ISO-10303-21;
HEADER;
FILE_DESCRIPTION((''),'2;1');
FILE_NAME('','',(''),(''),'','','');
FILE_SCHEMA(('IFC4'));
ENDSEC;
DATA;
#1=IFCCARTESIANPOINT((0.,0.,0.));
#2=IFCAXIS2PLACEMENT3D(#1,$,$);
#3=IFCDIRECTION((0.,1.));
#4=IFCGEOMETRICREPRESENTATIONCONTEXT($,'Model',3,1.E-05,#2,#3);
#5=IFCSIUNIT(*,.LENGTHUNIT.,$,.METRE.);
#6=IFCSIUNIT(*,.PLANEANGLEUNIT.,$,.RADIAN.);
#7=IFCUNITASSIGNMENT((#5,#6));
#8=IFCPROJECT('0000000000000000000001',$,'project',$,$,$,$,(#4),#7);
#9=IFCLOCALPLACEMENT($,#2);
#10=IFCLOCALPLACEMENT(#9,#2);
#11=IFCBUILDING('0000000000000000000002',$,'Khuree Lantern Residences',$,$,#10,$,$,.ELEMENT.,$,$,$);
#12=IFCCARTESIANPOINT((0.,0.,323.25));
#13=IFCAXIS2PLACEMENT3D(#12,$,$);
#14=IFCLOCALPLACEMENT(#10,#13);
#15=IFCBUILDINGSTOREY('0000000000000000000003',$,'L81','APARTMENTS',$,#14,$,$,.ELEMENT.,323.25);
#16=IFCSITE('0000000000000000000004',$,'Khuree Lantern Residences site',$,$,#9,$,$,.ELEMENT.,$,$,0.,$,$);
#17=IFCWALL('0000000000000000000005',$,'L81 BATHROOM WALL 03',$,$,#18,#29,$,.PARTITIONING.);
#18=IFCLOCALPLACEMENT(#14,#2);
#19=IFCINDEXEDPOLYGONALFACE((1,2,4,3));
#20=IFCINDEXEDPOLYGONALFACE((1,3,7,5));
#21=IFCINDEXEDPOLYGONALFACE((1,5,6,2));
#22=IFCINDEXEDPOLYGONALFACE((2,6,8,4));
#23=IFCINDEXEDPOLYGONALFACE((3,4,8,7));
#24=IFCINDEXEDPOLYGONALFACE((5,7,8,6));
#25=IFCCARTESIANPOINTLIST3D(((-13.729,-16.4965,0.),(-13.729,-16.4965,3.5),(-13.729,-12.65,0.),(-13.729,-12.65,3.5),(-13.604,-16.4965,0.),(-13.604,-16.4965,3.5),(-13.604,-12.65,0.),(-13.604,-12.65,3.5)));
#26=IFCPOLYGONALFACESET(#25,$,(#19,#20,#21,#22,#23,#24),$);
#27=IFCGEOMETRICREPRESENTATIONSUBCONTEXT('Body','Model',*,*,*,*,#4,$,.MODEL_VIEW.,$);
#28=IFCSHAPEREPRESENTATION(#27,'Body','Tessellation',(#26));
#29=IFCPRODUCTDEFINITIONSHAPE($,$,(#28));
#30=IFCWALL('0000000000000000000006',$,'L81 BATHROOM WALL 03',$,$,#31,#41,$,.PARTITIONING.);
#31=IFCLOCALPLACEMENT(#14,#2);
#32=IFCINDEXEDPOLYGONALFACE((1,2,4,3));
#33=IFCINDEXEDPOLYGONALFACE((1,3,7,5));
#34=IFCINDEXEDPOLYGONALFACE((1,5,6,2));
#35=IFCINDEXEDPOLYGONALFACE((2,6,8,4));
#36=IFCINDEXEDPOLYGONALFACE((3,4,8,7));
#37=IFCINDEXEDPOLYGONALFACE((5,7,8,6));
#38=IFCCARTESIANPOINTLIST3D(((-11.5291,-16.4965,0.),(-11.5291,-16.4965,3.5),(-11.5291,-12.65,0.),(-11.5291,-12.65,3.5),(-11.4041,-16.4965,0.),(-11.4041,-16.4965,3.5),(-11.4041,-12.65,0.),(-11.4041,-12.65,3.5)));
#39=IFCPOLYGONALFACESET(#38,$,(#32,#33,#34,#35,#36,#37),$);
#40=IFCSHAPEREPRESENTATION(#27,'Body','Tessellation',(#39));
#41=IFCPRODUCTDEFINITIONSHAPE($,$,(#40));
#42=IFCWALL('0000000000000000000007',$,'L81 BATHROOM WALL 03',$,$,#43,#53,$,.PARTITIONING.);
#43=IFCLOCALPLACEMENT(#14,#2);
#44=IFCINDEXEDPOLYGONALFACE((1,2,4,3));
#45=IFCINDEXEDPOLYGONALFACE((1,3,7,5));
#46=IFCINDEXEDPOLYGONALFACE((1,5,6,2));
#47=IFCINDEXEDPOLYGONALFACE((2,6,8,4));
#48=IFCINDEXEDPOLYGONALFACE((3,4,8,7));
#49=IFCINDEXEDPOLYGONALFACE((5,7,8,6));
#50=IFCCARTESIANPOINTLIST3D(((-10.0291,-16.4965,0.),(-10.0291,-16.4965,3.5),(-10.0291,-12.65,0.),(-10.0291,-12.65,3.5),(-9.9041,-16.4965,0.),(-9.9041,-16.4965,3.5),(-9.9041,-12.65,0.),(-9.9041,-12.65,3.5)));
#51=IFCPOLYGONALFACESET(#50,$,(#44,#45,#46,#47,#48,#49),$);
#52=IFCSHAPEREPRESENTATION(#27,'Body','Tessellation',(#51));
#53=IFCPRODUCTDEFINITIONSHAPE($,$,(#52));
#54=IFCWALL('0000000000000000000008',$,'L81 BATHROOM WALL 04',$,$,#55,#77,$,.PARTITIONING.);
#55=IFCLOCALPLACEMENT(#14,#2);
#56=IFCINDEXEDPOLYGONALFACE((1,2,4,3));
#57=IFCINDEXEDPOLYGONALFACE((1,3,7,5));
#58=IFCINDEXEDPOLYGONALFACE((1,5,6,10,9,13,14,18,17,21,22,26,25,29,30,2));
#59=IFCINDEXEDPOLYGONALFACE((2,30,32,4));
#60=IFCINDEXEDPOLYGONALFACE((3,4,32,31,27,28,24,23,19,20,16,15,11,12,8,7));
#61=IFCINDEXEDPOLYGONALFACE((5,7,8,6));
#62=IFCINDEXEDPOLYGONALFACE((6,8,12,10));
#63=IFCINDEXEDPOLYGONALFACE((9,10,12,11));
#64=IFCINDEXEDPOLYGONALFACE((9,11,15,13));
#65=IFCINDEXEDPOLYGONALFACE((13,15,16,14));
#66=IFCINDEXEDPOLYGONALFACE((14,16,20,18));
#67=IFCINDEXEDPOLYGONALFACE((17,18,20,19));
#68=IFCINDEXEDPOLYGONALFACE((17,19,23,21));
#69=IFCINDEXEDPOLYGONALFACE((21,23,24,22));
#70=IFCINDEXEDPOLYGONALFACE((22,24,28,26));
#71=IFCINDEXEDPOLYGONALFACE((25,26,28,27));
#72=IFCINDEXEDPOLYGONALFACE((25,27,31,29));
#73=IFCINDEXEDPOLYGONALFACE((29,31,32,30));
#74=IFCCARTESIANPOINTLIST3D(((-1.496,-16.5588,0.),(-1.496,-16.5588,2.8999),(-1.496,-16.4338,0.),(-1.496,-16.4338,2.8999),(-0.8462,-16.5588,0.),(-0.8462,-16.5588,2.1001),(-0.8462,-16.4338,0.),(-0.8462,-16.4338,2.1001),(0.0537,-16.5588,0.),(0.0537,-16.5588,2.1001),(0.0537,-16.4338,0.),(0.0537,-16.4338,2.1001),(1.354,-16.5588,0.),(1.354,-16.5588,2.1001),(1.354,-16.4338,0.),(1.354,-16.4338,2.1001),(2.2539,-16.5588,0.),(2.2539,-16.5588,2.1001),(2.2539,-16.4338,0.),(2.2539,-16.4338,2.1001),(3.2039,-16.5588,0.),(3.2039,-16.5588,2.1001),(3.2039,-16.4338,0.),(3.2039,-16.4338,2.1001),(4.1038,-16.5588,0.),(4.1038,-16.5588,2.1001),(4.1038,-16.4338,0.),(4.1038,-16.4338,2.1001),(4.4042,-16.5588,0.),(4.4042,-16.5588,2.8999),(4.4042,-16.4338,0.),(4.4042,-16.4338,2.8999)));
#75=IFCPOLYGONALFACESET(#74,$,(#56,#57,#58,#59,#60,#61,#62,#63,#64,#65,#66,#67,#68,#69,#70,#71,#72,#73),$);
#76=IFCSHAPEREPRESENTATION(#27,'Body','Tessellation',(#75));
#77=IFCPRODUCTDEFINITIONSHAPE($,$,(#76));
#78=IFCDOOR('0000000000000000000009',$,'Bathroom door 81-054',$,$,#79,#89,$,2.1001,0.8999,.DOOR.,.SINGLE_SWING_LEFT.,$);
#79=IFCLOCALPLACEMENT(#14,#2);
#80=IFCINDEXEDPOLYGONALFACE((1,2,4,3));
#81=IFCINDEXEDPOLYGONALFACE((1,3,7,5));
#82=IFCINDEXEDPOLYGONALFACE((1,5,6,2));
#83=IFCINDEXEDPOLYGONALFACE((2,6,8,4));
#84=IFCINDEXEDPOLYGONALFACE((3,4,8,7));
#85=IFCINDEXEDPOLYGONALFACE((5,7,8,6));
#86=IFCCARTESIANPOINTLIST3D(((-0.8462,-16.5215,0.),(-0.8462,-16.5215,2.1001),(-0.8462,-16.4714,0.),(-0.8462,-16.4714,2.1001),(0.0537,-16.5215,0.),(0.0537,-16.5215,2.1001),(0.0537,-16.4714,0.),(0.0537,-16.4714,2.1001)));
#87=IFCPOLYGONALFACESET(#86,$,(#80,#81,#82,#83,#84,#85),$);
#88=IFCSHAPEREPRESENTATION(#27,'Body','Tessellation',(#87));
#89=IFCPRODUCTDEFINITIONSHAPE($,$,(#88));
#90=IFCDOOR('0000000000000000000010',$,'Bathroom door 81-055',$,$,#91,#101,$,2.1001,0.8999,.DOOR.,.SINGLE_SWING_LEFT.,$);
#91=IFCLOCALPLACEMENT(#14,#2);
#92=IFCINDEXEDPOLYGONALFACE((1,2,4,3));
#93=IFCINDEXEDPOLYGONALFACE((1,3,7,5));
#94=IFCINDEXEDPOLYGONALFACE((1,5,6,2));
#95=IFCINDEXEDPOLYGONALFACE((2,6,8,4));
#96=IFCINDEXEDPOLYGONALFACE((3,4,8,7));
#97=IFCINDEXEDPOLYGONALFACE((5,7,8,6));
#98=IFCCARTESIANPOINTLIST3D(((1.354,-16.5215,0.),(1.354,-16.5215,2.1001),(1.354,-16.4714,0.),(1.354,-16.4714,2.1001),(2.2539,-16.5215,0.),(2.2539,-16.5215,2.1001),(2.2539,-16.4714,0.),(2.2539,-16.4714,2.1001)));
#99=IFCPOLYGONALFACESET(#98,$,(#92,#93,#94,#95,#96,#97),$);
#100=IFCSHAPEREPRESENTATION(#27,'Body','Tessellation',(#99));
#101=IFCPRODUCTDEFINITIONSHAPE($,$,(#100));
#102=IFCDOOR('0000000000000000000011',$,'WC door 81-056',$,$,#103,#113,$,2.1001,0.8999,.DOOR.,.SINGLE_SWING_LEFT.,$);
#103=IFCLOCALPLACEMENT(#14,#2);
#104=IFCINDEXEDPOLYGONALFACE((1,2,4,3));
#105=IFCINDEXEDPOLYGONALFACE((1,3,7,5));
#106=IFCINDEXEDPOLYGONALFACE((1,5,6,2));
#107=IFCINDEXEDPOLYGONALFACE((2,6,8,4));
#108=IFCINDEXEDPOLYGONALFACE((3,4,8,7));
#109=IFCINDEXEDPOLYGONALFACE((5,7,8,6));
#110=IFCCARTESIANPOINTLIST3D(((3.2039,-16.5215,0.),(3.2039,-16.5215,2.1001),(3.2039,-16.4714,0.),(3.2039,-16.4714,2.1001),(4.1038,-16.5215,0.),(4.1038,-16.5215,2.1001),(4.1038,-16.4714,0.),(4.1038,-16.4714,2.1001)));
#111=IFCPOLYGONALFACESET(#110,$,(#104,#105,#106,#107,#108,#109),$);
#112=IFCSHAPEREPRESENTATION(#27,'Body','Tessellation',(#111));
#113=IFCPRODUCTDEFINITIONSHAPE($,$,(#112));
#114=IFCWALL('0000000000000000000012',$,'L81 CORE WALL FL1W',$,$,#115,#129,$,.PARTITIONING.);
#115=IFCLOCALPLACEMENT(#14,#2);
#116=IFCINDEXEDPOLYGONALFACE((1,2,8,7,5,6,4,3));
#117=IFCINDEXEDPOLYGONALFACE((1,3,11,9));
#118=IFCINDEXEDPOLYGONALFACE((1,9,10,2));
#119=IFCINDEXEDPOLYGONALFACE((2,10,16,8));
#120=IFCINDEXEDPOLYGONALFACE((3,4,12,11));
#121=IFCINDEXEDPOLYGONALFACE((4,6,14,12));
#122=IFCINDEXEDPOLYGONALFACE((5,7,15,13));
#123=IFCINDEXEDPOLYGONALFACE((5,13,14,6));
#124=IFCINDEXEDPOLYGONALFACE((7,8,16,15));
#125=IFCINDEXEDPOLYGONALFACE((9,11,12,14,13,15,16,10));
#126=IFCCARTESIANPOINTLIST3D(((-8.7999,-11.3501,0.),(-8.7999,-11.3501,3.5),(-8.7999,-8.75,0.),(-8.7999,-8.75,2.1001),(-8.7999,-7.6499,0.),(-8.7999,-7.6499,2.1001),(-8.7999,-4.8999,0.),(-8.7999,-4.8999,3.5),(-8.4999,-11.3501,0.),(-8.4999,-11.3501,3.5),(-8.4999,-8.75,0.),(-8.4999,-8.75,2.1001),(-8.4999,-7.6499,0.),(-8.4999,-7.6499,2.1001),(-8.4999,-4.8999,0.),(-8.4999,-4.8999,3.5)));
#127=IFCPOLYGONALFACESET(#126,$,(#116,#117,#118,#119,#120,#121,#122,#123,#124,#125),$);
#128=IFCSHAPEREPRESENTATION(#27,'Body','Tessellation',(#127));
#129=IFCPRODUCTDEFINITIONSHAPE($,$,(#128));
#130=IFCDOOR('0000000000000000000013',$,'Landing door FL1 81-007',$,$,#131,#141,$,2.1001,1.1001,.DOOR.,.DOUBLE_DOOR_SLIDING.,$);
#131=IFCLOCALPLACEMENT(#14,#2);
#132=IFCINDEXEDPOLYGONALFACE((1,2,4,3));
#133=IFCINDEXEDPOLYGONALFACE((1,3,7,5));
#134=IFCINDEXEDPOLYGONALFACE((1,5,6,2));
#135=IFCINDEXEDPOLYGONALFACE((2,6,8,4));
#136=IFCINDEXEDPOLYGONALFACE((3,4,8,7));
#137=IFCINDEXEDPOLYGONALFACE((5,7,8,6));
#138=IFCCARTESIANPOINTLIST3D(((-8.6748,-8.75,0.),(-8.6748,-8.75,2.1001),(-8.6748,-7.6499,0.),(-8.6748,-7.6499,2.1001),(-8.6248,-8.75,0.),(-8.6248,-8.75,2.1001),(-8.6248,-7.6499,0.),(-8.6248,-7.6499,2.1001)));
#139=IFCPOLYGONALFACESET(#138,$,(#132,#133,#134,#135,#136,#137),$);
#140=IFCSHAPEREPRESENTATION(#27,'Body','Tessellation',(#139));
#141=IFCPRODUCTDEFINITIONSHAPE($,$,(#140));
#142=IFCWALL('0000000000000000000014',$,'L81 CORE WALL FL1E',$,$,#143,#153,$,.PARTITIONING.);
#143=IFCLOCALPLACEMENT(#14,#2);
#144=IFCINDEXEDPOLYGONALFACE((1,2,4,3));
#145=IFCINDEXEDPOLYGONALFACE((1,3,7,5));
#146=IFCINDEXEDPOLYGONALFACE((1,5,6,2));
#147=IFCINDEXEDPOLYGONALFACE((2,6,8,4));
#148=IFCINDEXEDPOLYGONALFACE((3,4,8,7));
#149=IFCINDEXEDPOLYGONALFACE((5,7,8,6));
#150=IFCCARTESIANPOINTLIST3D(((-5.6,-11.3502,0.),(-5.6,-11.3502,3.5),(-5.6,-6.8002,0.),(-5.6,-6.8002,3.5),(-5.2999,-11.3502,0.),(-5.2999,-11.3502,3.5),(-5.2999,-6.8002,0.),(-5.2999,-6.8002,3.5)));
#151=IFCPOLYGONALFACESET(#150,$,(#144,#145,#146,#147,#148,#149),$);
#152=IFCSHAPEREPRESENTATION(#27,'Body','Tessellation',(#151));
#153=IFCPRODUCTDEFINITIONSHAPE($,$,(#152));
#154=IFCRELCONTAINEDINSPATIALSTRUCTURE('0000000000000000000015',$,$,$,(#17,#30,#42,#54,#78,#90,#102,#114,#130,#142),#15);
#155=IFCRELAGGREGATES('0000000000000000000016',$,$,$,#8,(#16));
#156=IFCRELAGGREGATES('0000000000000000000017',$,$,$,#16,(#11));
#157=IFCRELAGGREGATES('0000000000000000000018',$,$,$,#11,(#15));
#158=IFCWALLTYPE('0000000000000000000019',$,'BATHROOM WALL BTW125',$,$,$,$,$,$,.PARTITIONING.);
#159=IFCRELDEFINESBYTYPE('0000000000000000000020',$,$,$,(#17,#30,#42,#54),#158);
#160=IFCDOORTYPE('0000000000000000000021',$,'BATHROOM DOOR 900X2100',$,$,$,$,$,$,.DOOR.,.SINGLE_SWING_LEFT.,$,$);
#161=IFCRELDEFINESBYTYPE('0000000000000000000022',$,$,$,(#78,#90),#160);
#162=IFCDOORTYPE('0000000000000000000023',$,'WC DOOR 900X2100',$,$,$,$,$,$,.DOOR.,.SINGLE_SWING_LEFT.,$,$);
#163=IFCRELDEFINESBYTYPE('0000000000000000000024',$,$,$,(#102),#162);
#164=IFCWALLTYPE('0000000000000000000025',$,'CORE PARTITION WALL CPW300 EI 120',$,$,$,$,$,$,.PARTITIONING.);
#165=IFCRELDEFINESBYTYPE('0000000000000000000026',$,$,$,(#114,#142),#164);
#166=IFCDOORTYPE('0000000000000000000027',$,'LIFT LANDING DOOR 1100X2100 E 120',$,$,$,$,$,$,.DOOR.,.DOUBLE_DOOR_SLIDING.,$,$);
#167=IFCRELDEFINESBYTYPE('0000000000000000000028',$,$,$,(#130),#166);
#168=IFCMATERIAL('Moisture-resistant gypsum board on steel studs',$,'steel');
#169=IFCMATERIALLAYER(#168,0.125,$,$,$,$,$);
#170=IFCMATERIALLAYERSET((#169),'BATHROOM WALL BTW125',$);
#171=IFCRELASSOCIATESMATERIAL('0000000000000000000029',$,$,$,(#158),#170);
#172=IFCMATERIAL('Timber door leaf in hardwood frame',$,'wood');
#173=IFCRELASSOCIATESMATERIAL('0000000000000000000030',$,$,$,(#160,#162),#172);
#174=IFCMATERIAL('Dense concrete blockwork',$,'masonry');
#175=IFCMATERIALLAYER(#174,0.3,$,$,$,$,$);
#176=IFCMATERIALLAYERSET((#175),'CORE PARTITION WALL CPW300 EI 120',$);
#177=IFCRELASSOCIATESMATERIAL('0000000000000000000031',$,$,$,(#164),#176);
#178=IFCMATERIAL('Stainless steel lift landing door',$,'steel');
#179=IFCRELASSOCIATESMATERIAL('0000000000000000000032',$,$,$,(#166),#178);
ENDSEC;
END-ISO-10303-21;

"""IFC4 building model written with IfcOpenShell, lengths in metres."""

from ifc_helpers import new_model, si_unit, direction, frame, frame_2d, origin, place, context, subcontext, project, spatial, rectangle, extrude, material, layer, layer_set, type_object, element, fill, save


model = new_model("IFC4")

# Units and contexts
model_context = context("Model", 3, precision=1e-05, world=origin(), true_north=direction((0.0, 1.0)))
body_context = subcontext(model_context, "Body", "Model", "MODEL_VIEW")
ifc_project = project(units=[si_unit("LENGTHUNIT", "METRE"), si_unit("PLANEANGLEUNIT", "RADIAN")], contexts=[model_context])

# Site, building, storey
site_placement = place(None, origin())
site = spatial("IfcSite", under=ifc_project, at=site_placement, Name="Khuree Lantern Residences site", CompositionType="ELEMENT", RefElevation=0.0)
building_placement = place(site_placement, origin())
building = spatial("IfcBuilding", under=site, at=building_placement, Name="Khuree Lantern Residences", CompositionType="ELEMENT")
storey_placement = place(building_placement, frame((0.0, 0.0, 323.25)))
storey = spatial("IfcBuildingStorey", under=building, at=storey_placement, Name="L81", Description="APARTMENTS", CompositionType="ELEMENT", Elevation=323.25)

# Walls
ifc_material_1 = material(Name="Moisture-resistant gypsum board on steel studs", Category="steel")
ifc_layer_1 = layer(ifc_material_1, 0.125)
ifc_layer_set_1 = layer_set([ifc_layer_1], Name="BATHROOM WALL BTW125")
wall_type_1 = type_object("IfcWallType", Name="BATHROOM WALL BTW125", PredefinedType="PARTITIONING", material=ifc_layer_set_1)
for number, where, z_axis, x_axis, name in (
    (1, (-13.6665, -12.6499, 0.0), (0.0, 0.0, 1.0), (0.0, -1.0, 0.0), "L81 BATHROOM WALL 03"),
    (2, (-11.4666, -12.6499, 0.0), (0.0, 0.0, 1.0), (0.0, -1.0, 0.0), "L81 BATHROOM WALL 03"),
    (3, (-9.9666, -12.6499, 0.0), (0.0, 0.0, 1.0), (0.0, -1.0, 0.0), "L81 BATHROOM WALL 03"),
):
    element("IfcWall", number, at=place(storey_placement, frame(where, z_axis=z_axis, x_axis=x_axis)), inside=storey, type_object=wall_type_1, Name=name, PredefinedType="PARTITIONING", context=body_context, shape_type="SweptSolid", body=[
        extrude(rectangle(XDim=3.8464, YDim=0.125, at=frame_2d((1.9233, 0.0))), origin(), (0.0, 0.0, 1.0), 3.5),
    ])

# Wall, openings, doors
wall_1_placement = place(storey_placement, frame((-1.4961, -16.4963, 0.0), z_axis=(0.0, 0.0, 1.0), x_axis=(1.0, 0.0, 0.0)))
wall_1 = element("IfcWall", 4, at=wall_1_placement, inside=storey, type_object=wall_type_1, Name="L81 BATHROOM WALL 04", PredefinedType="PARTITIONING", context=body_context, shape_type="SweptSolid", body=[
    extrude(rectangle(XDim=5.9001, YDim=0.125, at=frame_2d((2.9502, 0.0))), origin(), (0.0, 0.0, 1.0), 2.8999),
])
opening_1_placement = place(wall_1_placement, frame((0.6499, 0.0, 0.0)))
opening_1 = element("IfcOpeningElement", 5, at=opening_1_placement, cuts=wall_1, PredefinedType="OPENING", context=body_context, shape_type="SweptSolid", body=[
    extrude(rectangle(XDim=0.8999, YDim=2.1001, at=frame_2d((0.45, 1.05))), frame((0.0, 0.0725, 0.0), z_axis=(0.0, -1.0, 0.0), x_axis=(1.0, 0.0, 0.0)), (0.0, 0.0, 1.0), 0.145),
])
opening_2_placement = place(wall_1_placement, frame((2.8501, 0.0, 0.0)))
opening_2 = element("IfcOpeningElement", 6, at=opening_2_placement, cuts=wall_1, PredefinedType="OPENING", context=body_context, shape_type="SweptSolid", body=[
    extrude(rectangle(XDim=0.8999, YDim=2.1001, at=frame_2d((0.45, 1.05))), frame((0.0, 0.0725, 0.0), z_axis=(0.0, -1.0, 0.0), x_axis=(1.0, 0.0, 0.0)), (0.0, 0.0, 1.0), 0.145),
])
opening_3_placement = place(wall_1_placement, frame((4.7, 0.0, 0.0)))
opening_3 = element("IfcOpeningElement", 7, at=opening_3_placement, cuts=wall_1, PredefinedType="OPENING", context=body_context, shape_type="SweptSolid", body=[
    extrude(rectangle(XDim=0.8999, YDim=2.1001, at=frame_2d((0.45, 1.05))), frame((0.0, 0.0725, 0.0), z_axis=(0.0, -1.0, 0.0), x_axis=(1.0, 0.0, 0.0)), (0.0, 0.0, 1.0), 0.145),
])
ifc_material_2 = material(Name="Timber door leaf in hardwood frame", Category="wood")
door_type_1 = type_object("IfcDoorType", Name="BATHROOM DOOR 900X2100", OperationType="SINGLE_SWING_LEFT", PredefinedType="DOOR", material=ifc_material_2)
door_1_placement = place(opening_1_placement, origin())
door_1 = element("IfcDoor", 8, at=door_1_placement, inside=storey, type_object=door_type_1, Name="Bathroom door 81-054", OperationType="SINGLE_SWING_LEFT", OverallHeight=2.1001, OverallWidth=0.8999, PredefinedType="DOOR", context=body_context, shape_type="SweptSolid", body=[
    extrude(rectangle(XDim=0.8999, YDim=2.1001, at=frame_2d((0.45, 1.05))), frame((0.0, 0.0249, 0.0), z_axis=(0.0, -1.0, 0.0), x_axis=(1.0, 0.0, 0.0)), (0.0, 0.0, 1.0), 0.05),
])
fill(opening_1, door_1)
door_2_placement = place(opening_2_placement, origin())
door_2 = element("IfcDoor", 9, at=door_2_placement, inside=storey, type_object=door_type_1, Name="Bathroom door 81-055", OperationType="SINGLE_SWING_LEFT", OverallHeight=2.1001, OverallWidth=0.8999, PredefinedType="DOOR", context=body_context, shape_type="SweptSolid", body=[
    extrude(rectangle(XDim=0.8999, YDim=2.1001, at=frame_2d((0.45, 1.05))), frame((0.0, 0.0249, 0.0), z_axis=(0.0, -1.0, 0.0), x_axis=(1.0, 0.0, 0.0)), (0.0, 0.0, 1.0), 0.05),
])
fill(opening_2, door_2)
door_type_2 = type_object("IfcDoorType", Name="WC DOOR 900X2100", OperationType="SINGLE_SWING_LEFT", PredefinedType="DOOR", material=ifc_material_2)
door_3_placement = place(opening_3_placement, origin())
door_3 = element("IfcDoor", 10, at=door_3_placement, inside=storey, type_object=door_type_2, Name="WC door 81-056", OperationType="SINGLE_SWING_LEFT", OverallHeight=2.1001, OverallWidth=0.8999, PredefinedType="DOOR", context=body_context, shape_type="SweptSolid", body=[
    extrude(rectangle(XDim=0.8999, YDim=2.1001, at=frame_2d((0.45, 1.05))), frame((0.0, 0.0249, 0.0), z_axis=(0.0, -1.0, 0.0), x_axis=(1.0, 0.0, 0.0)), (0.0, 0.0, 1.0), 0.05),
])
fill(opening_3, door_3)

# Wall, opening, door
ifc_material_3 = material(Name="Dense concrete blockwork", Category="masonry")
ifc_layer_2 = layer(ifc_material_3, 0.3)
ifc_layer_set_2 = layer_set([ifc_layer_2], Name="CORE PARTITION WALL CPW300 EI 120")
wall_type_2 = type_object("IfcWallType", Name="CORE PARTITION WALL CPW300 EI 120", PredefinedType="PARTITIONING", material=ifc_layer_set_2)
wall_2_placement = place(storey_placement, frame((-8.6499, -11.3501, 0.0), z_axis=(0.0, 0.0, 1.0), x_axis=(0.0, 1.0, 0.0)))
wall_2 = element("IfcWall", 11, at=wall_2_placement, inside=storey, type_object=wall_type_2, Name="L81 CORE WALL FL1W", PredefinedType="PARTITIONING", context=body_context, shape_type="SweptSolid", body=[
    extrude(rectangle(XDim=6.4502, YDim=0.3, at=frame_2d((3.2251, 0.0))), origin(), (0.0, 0.0, 1.0), 3.5),
])
opening_4_placement = place(wall_2_placement, frame((2.6001, 0.0, 0.0)))
opening_4 = element("IfcOpeningElement", 12, at=opening_4_placement, cuts=wall_2, PredefinedType="OPENING", context=body_context, shape_type="SweptSolid", body=[
    extrude(rectangle(XDim=1.1001, YDim=2.1001, at=frame_2d((0.55, 1.05))), frame((0.0, 0.1602, 0.0), z_axis=(0.0, -1.0, 0.0), x_axis=(1.0, 0.0, 0.0)), (0.0, 0.0, 1.0), 0.3201),
])
ifc_material_4 = material(Name="Stainless steel lift landing door", Category="steel")
door_type_3 = type_object("IfcDoorType", Name="LIFT LANDING DOOR 1100X2100 E 120", OperationType="DOUBLE_DOOR_SLIDING", PredefinedType="DOOR", material=ifc_material_4)
door_4_placement = place(opening_4_placement, origin())
door_4 = element("IfcDoor", 13, at=door_4_placement, inside=storey, type_object=door_type_3, Name="Landing door FL1 81-007", OperationType="DOUBLE_DOOR_SLIDING", OverallHeight=2.1001, OverallWidth=1.1001, PredefinedType="DOOR", context=body_context, shape_type="SweptSolid", body=[
    extrude(rectangle(XDim=1.1001, YDim=2.1001, at=frame_2d((0.55, 1.05))), frame((0.0, 0.0249, 0.0), z_axis=(0.0, -1.0, 0.0), x_axis=(1.0, 0.0, 0.0)), (0.0, 0.0, 1.0), 0.05),
])
fill(opening_4, door_4)

# Wall
wall_3_placement = place(storey_placement, frame((-5.45, -11.3501, 0.0), z_axis=(0.0, 0.0, 1.0), x_axis=(0.0, 1.0, 0.0)))
element("IfcWall", 14, at=wall_3_placement, inside=storey, type_object=wall_type_2, Name="L81 CORE WALL FL1E", PredefinedType="PARTITIONING", context=body_context, shape_type="SweptSolid", body=[
    extrude(rectangle(XDim=4.55, YDim=0.3, at=frame_2d((2.2749, 0.0))), origin(), (0.0, 0.0, 1.0), 3.5),
])

save(model, "model.ifc")
